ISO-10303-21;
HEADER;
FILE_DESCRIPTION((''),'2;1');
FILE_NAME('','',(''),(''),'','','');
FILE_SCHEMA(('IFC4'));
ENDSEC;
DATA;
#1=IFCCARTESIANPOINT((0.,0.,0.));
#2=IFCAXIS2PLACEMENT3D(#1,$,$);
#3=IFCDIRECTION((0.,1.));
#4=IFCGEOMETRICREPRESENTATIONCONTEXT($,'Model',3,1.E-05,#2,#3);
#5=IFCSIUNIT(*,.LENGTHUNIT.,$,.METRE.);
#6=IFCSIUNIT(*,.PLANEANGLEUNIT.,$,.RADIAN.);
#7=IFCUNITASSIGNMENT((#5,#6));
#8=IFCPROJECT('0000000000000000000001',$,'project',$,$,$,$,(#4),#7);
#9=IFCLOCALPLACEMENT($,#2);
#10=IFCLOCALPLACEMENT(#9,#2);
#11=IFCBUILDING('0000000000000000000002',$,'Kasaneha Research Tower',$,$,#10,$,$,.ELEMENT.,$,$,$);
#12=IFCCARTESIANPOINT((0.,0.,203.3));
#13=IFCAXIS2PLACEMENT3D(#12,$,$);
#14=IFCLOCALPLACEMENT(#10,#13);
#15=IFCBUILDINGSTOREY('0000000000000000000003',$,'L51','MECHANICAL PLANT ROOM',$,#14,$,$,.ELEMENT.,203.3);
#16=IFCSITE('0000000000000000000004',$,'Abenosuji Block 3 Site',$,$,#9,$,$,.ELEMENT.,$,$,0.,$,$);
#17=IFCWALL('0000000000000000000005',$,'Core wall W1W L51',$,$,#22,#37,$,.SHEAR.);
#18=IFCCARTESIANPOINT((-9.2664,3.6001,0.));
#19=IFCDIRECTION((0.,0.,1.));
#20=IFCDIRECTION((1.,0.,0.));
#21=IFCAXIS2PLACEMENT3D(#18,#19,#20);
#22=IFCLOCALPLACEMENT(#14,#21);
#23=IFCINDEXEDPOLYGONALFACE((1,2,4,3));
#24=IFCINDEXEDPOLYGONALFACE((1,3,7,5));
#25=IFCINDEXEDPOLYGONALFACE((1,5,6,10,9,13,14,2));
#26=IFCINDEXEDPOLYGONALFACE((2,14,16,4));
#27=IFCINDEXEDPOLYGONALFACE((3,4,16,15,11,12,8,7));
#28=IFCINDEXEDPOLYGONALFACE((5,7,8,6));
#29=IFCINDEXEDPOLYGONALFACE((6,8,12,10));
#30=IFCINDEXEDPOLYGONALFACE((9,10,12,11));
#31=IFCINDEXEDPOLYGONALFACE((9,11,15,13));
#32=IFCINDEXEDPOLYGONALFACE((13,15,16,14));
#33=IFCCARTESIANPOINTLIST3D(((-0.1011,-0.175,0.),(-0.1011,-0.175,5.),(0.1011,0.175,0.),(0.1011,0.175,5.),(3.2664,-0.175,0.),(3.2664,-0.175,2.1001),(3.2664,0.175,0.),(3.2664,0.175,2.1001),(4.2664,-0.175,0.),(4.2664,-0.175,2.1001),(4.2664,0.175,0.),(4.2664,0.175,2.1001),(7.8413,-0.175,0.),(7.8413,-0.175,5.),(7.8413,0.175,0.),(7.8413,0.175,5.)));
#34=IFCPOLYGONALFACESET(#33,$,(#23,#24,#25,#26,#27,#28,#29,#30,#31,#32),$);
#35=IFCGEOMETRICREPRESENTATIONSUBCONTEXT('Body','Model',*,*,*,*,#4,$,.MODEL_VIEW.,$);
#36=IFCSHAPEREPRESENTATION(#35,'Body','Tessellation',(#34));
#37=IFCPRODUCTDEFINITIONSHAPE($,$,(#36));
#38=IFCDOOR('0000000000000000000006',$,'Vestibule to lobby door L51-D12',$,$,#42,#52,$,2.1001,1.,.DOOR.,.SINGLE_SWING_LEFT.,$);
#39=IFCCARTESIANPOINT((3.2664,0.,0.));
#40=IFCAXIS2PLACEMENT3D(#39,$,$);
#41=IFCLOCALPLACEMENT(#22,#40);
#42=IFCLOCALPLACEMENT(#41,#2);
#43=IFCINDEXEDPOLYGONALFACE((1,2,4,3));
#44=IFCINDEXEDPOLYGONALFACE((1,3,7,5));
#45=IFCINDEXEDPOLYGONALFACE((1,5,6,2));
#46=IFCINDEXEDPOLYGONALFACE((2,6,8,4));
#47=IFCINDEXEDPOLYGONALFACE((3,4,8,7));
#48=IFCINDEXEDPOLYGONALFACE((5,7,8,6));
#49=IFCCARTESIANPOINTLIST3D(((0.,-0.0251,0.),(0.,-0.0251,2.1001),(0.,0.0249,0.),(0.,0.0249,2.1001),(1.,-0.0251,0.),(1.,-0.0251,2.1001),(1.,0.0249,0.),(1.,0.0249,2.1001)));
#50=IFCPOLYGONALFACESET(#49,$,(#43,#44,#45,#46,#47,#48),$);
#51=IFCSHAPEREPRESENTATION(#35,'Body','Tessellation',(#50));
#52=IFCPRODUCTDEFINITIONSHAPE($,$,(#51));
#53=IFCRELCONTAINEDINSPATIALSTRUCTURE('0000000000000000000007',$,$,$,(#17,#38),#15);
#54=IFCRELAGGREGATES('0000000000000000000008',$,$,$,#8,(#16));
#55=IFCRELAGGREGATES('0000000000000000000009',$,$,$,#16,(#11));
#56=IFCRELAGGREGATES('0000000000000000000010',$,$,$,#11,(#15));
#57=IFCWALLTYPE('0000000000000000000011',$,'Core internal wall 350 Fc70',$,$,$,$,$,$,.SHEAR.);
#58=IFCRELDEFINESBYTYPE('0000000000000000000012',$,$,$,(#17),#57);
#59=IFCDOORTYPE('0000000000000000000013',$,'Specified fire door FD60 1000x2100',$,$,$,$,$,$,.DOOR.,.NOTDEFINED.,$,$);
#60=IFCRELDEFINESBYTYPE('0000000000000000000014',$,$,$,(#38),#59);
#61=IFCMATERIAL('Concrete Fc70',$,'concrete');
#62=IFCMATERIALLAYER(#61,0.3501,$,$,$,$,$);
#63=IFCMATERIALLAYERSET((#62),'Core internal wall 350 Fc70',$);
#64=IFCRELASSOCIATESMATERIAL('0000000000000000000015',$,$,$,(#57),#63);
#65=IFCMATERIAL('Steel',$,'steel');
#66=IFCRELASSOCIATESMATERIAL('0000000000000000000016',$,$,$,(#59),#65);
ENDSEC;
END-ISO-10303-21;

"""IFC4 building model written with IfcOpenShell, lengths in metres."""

from ifc_helpers import new_model, si_unit, direction, frame, frame_2d, origin, place, context, subcontext, project, spatial, polyline, rectangle, outline, extrude, material, layer, layer_set, type_object, element, fill, save


model = new_model("IFC4")

# Units and contexts
model_context = context("Model", 3, precision=1e-05, world=origin(), true_north=direction((0.0, 1.0)))
body_context = subcontext(model_context, "Body", "Model", "MODEL_VIEW")
ifc_project = project(units=[si_unit("LENGTHUNIT", "METRE"), si_unit("PLANEANGLEUNIT", "RADIAN")], contexts=[model_context])

# Site, building, storey
site_placement = place(None, origin())
site = spatial("IfcSite", under=ifc_project, at=site_placement, Name="Abenosuji Block 3 Site", CompositionType="ELEMENT", RefElevation=0.0)
building_placement = place(site_placement, origin())
building = spatial("IfcBuilding", under=site, at=building_placement, Name="Kasaneha Research Tower", CompositionType="ELEMENT")
storey_placement = place(building_placement, frame((0.0, 0.0, 203.3)))
storey = spatial("IfcBuildingStorey", under=building, at=storey_placement, Name="L51", Description="MECHANICAL PLANT ROOM", CompositionType="ELEMENT", Elevation=203.3)

# Wall, opening, door
ifc_material_1 = material(Name="Concrete Fc70", Category="concrete")
ifc_layer_1 = layer(ifc_material_1, 0.3501)
ifc_layer_set_1 = layer_set([ifc_layer_1], Name="Core internal wall 350 Fc70")
wall_type = type_object("IfcWallType", Name="Core internal wall 350 Fc70", PredefinedType="SHEAR", material=ifc_layer_set_1)
wall_1_placement = place(storey_placement, frame((-9.2664, 3.6001, 0.0), z_axis=(0.0, 0.0, 1.0), x_axis=(1.0, 0.0, 0.0)))
wall_1 = element("IfcWall", 1, at=wall_1_placement, inside=storey, type_object=wall_type, Name="Core wall W1W L51", PredefinedType="SHEAR", context=body_context, shape_type="SweptSolid", body=[
    extrude(outline(polyline([(-0.1011, -0.175), (3.2664, -0.175), (4.2664, -0.175), (7.8413, -0.175), (7.8413, 0.175), (4.2664, 0.175), (3.2664, 0.175), (0.1011, 0.175), (-0.1011, -0.175)])), origin(), (0.0, 0.0, 1.0), 5.0),
])
opening_1_placement = place(wall_1_placement, frame((3.2664, 0.0, 0.0)))
opening_1 = element("IfcOpeningElement", 2, at=opening_1_placement, cuts=wall_1, PredefinedType="OPENING", context=body_context, shape_type="SweptSolid", body=[
    extrude(rectangle(XDim=1.0, YDim=2.1001, at=frame_2d((0.5, 1.05))), frame((0.0, 0.1851, 0.0), z_axis=(0.0, -1.0, 0.0), x_axis=(1.0, 0.0, 0.0)), (0.0, 0.0, 1.0), 0.3701),
])
ifc_material_2 = material(Name="Steel", Category="steel")
door_type_1 = type_object("IfcDoorType", Name="Specified fire door FD60 1000x2100", OperationType="NOTDEFINED", PredefinedType="DOOR", material=ifc_material_2)
door_1_placement = place(opening_1_placement, origin())
door_1 = element("IfcDoor", 3, at=door_1_placement, inside=storey, type_object=door_type_1, Name="Vestibule to lobby door L51-D12", OperationType="SINGLE_SWING_LEFT", OverallHeight=2.1001, OverallWidth=1.0, PredefinedType="DOOR", context=body_context, shape_type="SweptSolid", body=[
    extrude(rectangle(XDim=1.0, YDim=2.1001, at=frame_2d((0.5, 1.05))), frame((0.0, 0.0249, 0.0), z_axis=(0.0, -1.0, 0.0), x_axis=(1.0, 0.0, 0.0)), (0.0, 0.0, 1.0), 0.05),
])
fill(opening_1, door_1)

save(model, "model.ifc")
